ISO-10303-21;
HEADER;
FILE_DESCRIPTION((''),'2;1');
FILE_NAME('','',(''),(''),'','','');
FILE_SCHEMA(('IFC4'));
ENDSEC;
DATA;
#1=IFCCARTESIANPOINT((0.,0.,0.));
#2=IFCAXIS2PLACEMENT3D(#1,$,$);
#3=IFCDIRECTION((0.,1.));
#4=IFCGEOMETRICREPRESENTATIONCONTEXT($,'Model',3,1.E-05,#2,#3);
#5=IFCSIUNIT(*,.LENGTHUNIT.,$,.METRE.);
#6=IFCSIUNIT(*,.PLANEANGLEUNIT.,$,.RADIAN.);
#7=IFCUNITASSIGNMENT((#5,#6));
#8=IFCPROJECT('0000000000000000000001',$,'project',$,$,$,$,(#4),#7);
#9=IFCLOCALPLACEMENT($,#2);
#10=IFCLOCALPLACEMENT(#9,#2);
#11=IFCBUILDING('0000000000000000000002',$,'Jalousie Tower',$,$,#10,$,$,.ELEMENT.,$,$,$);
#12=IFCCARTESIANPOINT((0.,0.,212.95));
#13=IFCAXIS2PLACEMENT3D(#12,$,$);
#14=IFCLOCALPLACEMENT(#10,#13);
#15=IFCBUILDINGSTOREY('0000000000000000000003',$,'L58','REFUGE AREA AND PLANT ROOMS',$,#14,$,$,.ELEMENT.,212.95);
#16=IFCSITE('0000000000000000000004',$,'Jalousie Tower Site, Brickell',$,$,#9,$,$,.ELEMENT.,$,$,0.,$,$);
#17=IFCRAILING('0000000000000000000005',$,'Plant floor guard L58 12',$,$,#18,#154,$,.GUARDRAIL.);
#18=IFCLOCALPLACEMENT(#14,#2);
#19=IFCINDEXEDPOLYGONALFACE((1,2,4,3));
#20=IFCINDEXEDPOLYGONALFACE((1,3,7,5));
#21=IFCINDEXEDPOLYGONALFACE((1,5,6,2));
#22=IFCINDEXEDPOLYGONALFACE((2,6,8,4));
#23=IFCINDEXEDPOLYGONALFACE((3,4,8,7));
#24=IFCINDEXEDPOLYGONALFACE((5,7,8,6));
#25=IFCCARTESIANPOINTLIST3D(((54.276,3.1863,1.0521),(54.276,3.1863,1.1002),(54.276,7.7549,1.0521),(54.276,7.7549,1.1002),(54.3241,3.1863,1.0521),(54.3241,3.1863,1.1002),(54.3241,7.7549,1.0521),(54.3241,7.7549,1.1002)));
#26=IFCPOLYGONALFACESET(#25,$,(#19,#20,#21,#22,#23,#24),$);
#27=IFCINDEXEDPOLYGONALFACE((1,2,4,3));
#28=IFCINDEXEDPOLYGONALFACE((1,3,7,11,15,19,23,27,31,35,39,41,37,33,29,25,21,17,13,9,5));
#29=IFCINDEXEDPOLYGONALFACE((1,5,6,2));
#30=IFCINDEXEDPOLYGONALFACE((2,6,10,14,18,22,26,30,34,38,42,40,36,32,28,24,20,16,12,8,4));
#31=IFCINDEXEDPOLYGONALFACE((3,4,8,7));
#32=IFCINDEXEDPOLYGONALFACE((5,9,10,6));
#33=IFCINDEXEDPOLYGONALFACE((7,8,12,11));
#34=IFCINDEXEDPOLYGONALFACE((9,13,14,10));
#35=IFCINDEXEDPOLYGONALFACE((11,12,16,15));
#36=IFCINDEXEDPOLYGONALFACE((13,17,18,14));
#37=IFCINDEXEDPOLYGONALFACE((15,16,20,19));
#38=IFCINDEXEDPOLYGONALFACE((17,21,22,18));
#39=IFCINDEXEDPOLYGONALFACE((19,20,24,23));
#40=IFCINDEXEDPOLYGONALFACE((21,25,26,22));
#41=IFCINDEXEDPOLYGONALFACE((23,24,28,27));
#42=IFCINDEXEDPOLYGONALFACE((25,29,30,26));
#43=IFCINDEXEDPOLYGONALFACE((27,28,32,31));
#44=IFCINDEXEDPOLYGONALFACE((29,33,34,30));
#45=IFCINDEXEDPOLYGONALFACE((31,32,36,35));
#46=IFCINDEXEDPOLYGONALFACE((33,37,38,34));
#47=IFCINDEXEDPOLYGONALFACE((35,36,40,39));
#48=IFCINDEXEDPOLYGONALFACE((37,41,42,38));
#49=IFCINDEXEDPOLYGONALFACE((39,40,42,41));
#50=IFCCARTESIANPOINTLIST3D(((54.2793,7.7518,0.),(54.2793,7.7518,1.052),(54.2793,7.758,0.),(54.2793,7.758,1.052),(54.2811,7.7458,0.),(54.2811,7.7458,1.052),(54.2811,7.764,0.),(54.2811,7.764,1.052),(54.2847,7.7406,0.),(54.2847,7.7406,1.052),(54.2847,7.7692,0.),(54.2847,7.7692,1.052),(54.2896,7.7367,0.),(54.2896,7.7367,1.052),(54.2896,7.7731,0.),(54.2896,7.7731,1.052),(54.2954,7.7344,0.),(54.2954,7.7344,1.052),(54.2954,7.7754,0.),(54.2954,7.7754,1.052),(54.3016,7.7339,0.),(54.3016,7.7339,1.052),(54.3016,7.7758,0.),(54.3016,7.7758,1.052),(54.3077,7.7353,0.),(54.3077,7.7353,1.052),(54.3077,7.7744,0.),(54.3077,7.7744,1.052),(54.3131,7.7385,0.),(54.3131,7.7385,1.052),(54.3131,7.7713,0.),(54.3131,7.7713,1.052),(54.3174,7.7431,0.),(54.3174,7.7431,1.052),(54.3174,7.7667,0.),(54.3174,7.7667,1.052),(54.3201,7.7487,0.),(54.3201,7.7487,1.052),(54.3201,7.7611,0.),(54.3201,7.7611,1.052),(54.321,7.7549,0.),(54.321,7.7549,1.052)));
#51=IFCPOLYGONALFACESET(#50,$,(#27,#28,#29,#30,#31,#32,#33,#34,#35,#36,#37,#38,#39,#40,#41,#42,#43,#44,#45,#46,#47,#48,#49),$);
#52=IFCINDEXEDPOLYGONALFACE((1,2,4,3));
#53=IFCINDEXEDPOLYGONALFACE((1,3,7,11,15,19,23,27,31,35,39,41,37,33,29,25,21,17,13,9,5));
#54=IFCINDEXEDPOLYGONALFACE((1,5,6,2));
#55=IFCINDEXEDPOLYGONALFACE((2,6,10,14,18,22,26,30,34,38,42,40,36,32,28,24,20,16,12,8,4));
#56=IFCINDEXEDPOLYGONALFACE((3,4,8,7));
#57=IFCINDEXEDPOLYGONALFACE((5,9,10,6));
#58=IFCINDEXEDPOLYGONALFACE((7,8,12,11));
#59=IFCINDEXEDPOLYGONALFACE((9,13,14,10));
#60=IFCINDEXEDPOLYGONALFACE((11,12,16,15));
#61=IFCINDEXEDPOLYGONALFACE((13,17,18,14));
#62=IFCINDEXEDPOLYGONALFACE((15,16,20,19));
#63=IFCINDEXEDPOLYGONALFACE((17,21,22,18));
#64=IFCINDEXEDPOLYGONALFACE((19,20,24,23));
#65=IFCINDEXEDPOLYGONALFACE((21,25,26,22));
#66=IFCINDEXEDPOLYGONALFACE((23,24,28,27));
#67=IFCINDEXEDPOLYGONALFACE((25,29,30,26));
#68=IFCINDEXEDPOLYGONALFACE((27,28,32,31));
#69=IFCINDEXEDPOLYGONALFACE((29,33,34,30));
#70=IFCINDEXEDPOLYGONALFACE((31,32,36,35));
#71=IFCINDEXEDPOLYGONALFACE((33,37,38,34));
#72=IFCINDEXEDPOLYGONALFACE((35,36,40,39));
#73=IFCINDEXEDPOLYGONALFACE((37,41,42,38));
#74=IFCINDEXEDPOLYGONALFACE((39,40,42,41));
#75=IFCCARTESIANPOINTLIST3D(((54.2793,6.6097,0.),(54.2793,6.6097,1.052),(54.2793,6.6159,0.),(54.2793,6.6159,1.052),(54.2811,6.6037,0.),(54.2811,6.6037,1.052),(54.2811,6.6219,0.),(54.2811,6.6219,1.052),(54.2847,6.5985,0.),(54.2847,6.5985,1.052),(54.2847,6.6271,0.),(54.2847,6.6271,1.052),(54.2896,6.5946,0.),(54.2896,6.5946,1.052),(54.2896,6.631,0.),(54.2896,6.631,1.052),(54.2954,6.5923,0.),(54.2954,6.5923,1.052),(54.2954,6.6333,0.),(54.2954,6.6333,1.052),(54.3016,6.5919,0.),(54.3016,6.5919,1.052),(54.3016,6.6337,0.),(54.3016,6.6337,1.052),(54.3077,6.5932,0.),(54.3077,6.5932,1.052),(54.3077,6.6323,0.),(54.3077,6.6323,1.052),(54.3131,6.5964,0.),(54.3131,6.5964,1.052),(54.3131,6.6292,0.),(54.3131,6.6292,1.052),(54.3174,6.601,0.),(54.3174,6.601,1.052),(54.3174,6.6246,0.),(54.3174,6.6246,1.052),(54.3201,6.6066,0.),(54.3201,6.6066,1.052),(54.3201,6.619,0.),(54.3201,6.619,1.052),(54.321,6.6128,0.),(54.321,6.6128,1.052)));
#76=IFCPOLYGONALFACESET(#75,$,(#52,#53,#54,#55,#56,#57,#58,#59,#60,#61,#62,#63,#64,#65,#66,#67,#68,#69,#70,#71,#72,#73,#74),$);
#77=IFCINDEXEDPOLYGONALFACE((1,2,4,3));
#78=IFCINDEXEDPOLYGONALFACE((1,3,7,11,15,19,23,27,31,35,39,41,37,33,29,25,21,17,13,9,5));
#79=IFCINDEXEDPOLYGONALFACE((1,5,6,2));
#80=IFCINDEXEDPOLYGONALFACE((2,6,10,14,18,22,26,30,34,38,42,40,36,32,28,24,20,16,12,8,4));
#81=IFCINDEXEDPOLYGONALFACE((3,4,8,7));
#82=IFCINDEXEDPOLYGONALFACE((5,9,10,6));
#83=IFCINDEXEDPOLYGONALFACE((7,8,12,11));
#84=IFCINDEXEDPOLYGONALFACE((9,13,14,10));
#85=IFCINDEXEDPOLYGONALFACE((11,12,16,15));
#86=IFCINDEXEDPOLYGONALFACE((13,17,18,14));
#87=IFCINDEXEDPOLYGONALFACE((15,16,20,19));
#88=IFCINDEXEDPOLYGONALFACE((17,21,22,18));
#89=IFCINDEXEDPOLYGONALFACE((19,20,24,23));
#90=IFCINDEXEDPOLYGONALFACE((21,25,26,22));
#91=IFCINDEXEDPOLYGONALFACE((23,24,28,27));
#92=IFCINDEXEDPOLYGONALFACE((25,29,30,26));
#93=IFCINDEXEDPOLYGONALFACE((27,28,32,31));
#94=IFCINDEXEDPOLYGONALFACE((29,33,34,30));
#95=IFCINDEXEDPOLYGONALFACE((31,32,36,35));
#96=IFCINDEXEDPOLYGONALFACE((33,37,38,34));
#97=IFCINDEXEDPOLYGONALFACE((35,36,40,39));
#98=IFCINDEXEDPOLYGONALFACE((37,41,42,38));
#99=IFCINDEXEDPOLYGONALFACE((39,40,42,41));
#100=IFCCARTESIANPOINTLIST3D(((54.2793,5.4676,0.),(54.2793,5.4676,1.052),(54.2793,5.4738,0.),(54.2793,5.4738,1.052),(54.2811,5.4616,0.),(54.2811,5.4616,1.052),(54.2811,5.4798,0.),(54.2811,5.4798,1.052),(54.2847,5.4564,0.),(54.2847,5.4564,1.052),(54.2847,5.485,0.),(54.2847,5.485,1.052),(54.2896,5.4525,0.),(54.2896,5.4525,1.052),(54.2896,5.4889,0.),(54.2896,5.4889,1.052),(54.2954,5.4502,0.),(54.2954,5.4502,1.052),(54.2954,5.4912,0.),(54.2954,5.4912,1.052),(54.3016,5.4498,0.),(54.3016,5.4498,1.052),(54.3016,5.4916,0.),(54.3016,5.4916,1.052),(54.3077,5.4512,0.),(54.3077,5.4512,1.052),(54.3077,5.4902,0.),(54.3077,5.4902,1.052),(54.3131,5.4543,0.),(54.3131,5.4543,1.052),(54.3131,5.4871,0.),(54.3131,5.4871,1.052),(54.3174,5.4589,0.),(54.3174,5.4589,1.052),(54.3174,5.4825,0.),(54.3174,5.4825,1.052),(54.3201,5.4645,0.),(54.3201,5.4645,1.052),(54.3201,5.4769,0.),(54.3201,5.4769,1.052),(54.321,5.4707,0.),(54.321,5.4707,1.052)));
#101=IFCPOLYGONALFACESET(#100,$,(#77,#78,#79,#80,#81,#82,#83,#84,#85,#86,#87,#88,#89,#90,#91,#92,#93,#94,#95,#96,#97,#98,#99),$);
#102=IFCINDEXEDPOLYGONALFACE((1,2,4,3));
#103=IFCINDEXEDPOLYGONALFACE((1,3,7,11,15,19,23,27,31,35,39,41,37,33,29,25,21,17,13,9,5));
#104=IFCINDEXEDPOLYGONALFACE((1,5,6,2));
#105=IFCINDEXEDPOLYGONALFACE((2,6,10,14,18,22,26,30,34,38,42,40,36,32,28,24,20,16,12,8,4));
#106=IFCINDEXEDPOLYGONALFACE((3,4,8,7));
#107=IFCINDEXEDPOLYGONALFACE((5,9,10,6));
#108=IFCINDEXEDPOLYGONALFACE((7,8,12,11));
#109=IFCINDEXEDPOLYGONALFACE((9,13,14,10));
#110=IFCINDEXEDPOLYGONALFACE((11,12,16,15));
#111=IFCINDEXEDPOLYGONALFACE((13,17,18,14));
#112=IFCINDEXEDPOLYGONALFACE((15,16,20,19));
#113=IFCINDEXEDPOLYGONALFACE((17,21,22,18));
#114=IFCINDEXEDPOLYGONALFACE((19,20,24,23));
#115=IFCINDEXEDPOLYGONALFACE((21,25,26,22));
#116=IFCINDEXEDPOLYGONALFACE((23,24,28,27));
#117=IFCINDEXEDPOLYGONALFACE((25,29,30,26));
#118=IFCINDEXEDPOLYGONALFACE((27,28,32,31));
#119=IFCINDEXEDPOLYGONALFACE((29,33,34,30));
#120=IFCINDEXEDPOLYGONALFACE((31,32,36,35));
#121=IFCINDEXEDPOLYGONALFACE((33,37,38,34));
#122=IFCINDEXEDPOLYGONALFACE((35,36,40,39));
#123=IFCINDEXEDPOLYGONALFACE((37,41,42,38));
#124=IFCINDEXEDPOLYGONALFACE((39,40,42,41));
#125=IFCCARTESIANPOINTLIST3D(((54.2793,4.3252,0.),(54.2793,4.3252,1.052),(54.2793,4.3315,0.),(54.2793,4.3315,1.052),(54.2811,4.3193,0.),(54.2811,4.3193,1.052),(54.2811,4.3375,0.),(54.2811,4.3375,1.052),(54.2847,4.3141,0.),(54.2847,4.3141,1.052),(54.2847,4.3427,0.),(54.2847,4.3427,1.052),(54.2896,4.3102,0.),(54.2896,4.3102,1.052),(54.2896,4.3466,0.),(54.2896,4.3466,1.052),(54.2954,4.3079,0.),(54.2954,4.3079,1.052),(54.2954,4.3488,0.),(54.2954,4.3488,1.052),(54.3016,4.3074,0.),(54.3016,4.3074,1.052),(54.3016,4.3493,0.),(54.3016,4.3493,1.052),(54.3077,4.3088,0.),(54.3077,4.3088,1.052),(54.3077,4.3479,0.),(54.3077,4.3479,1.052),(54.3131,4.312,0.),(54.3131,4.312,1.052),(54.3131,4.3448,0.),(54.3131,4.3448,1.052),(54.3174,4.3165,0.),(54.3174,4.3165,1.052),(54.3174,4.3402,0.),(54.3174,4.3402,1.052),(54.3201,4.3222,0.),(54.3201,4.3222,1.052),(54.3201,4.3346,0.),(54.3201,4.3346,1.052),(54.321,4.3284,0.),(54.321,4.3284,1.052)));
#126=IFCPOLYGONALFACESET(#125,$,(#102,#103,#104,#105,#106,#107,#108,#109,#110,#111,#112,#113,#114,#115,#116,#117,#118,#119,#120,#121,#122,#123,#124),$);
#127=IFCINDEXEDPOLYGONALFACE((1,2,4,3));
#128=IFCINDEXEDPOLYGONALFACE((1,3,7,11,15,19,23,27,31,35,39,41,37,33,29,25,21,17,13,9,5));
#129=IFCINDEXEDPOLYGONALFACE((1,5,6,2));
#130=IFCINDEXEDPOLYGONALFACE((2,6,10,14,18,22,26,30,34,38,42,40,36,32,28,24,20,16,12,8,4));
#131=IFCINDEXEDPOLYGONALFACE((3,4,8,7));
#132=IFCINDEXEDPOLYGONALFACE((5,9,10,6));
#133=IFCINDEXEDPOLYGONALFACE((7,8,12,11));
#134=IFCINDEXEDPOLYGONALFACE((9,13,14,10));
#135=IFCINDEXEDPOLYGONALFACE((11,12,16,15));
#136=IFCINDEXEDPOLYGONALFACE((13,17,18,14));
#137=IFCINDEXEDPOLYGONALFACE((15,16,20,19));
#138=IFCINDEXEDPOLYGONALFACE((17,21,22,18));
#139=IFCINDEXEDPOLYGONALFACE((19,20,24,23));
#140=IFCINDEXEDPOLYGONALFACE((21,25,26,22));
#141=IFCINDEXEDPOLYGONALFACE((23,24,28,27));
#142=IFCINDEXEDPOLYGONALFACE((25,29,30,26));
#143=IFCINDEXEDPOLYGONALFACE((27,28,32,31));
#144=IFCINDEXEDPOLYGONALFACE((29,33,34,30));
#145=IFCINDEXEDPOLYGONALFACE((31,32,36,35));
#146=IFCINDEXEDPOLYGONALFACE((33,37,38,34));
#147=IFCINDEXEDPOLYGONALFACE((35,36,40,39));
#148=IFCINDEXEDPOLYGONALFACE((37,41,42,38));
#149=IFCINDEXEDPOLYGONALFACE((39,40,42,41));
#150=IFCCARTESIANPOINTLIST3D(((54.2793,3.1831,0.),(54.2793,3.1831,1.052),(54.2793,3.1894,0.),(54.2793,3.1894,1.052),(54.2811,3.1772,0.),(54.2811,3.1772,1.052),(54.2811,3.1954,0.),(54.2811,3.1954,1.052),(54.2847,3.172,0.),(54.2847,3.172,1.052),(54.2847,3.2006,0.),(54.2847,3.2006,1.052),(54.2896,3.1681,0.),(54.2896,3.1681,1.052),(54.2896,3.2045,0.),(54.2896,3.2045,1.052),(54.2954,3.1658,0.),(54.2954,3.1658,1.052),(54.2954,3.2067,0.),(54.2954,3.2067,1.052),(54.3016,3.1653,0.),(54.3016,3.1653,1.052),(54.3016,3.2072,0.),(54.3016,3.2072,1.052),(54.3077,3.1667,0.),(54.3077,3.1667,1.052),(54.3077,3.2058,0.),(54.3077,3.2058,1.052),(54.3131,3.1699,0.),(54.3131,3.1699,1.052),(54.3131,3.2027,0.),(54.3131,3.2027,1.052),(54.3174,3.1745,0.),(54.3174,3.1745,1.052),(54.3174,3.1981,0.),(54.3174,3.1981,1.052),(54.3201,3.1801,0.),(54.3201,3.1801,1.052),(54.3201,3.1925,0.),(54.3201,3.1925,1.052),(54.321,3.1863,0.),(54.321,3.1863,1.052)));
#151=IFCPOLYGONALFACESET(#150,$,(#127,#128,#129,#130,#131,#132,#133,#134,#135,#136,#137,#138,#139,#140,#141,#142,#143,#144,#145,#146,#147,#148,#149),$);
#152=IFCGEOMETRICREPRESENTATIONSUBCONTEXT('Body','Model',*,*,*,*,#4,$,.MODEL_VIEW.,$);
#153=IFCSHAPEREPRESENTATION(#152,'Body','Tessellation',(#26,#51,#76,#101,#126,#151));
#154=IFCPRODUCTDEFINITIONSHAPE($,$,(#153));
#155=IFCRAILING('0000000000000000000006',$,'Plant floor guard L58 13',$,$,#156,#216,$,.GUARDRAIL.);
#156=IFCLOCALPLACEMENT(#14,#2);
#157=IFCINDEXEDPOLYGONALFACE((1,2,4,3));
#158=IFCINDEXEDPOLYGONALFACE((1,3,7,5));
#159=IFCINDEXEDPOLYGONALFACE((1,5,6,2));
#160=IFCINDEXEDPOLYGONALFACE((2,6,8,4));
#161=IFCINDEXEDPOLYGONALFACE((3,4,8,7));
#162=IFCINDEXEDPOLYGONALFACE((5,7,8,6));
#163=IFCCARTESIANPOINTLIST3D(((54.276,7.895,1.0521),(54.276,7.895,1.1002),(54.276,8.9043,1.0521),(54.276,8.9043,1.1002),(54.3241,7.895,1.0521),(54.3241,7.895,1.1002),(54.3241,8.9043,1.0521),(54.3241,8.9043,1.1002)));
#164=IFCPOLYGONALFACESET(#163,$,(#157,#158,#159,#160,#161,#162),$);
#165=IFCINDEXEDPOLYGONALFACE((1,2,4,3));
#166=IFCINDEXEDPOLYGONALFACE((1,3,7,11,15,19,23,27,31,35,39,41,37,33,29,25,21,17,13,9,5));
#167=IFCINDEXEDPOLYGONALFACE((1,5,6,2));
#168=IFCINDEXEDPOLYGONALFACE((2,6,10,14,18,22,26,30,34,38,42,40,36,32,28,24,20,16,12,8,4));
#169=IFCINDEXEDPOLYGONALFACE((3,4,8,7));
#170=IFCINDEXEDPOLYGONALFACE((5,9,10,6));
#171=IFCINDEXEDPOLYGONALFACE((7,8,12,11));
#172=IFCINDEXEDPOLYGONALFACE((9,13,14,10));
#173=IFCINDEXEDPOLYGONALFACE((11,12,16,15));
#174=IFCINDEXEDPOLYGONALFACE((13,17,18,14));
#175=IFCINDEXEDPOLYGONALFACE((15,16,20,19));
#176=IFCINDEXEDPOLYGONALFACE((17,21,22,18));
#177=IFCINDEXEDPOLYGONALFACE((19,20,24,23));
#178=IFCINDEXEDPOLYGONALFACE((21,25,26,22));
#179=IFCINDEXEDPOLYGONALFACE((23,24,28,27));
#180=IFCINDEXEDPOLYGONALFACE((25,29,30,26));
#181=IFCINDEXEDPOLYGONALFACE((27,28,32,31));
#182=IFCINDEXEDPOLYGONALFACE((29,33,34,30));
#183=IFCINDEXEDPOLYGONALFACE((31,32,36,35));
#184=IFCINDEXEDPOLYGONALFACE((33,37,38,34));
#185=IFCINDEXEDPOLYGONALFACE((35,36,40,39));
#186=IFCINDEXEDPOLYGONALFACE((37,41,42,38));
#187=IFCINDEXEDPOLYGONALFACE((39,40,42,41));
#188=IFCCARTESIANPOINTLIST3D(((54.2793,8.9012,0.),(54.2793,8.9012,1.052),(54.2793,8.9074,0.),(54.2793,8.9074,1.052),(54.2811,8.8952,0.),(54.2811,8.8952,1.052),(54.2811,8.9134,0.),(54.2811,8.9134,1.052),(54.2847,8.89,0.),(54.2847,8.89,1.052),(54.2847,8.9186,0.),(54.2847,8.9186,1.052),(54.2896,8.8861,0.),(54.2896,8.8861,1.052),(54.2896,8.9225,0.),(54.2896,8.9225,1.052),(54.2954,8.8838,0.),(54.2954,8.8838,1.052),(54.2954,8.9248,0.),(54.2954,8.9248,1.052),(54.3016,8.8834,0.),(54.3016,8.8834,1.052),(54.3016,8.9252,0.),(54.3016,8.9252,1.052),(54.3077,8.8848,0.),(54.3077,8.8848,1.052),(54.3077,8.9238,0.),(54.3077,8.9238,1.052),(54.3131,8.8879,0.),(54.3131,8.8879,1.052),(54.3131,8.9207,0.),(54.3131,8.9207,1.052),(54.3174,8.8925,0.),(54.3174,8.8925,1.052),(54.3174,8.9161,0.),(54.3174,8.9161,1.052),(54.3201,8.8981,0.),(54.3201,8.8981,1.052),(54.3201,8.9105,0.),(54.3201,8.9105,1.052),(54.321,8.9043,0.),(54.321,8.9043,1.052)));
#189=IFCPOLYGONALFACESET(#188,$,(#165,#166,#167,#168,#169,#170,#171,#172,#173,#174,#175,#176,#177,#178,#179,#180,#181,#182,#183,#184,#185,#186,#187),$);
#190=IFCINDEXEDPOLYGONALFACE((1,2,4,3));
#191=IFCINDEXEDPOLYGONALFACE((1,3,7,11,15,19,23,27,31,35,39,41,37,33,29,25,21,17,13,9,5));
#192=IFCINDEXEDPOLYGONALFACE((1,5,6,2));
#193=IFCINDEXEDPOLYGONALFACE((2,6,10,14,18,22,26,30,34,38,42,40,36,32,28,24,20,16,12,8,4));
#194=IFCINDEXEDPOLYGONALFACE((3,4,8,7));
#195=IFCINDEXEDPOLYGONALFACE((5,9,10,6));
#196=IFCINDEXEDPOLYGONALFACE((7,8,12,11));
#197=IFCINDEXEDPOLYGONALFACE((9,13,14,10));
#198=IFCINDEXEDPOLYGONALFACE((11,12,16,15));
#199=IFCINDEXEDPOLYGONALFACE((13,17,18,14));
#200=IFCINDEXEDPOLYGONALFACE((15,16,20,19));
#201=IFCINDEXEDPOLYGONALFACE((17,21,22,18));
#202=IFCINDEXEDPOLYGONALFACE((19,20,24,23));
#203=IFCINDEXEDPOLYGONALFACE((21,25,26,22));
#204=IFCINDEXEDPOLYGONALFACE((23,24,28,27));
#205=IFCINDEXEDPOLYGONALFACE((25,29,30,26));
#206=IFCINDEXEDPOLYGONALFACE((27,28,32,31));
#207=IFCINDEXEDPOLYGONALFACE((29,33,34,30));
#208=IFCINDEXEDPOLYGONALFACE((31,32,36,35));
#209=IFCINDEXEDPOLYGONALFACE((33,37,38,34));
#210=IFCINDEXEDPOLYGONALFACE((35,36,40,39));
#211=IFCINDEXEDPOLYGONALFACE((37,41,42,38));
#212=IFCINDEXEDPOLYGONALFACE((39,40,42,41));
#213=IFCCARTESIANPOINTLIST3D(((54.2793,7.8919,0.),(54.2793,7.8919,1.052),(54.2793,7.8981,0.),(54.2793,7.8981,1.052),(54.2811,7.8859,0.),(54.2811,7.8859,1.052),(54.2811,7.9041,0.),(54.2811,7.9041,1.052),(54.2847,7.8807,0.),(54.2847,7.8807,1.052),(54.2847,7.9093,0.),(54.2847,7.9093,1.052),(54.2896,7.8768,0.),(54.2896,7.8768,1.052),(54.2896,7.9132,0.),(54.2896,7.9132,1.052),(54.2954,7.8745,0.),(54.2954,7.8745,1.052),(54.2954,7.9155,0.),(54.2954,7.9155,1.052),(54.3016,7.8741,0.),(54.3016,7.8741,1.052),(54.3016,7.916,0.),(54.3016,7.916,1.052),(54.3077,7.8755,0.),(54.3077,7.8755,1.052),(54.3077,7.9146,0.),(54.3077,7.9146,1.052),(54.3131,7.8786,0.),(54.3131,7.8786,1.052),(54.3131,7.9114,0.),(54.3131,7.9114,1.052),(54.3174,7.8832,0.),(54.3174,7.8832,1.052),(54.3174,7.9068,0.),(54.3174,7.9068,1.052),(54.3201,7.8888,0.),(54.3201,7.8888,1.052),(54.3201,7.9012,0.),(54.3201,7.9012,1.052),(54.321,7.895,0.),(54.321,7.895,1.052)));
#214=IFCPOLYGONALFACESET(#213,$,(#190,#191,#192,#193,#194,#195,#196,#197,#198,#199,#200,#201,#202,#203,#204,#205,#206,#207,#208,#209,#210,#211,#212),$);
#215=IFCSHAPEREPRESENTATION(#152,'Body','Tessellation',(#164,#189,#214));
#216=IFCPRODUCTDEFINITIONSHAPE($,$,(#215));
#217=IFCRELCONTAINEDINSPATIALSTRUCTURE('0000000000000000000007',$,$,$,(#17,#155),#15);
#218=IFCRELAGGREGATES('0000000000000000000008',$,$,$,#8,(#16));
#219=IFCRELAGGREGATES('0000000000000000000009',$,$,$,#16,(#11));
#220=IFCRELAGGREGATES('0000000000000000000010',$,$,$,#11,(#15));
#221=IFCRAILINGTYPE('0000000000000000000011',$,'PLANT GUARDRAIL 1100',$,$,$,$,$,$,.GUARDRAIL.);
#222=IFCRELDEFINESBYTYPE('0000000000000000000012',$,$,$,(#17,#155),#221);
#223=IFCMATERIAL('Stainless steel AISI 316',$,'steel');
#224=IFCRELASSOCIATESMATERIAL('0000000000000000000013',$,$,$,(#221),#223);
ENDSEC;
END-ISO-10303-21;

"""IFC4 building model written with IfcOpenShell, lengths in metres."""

from ifc_helpers import new_model, si_unit, direction, frame, origin, origin_2d, place, context, subcontext, project, spatial, rectangle, circle, extrude, material, type_object, element, save


model = new_model("IFC4")

# Units and contexts
model_context = context("Model", 3, precision=1e-05, world=origin(), true_north=direction((0.0, 1.0)))
body_context = subcontext(model_context, "Body", "Model", "MODEL_VIEW")
ifc_project = project(units=[si_unit("LENGTHUNIT", "METRE"), si_unit("PLANEANGLEUNIT", "RADIAN")], contexts=[model_context])

# Site, building, storey
site_placement = place(None, origin())
site = spatial("IfcSite", under=ifc_project, at=site_placement, Name="Jalousie Tower Site, Brickell", CompositionType="ELEMENT", RefElevation=0.0)
building_placement = place(site_placement, origin())
building = spatial("IfcBuilding", under=site, at=building_placement, Name="Jalousie Tower", CompositionType="ELEMENT")
storey_placement = place(building_placement, frame((0.0, 0.0, 212.95)))
storey = spatial("IfcBuildingStorey", under=building, at=storey_placement, Name="L58", Description="REFUGE AREA AND PLANT ROOMS", CompositionType="ELEMENT", Elevation=212.95)

# Railings
ifc_material_1 = material(Name="Stainless steel AISI 316", Category="steel")
railing_type = type_object("IfcRailingType", Name="PLANT GUARDRAIL 1100", PredefinedType="GUARDRAIL", material=ifc_material_1)
railing_1_placement = place(storey_placement, frame((54.3, 7.7549, 0.0)))
element("IfcRailing", 1, at=railing_1_placement, inside=storey, type_object=railing_type, Name="Plant floor guard L58 12", PredefinedType="GUARDRAIL", context=body_context, shape_type="SweptSolid", body=[
    extrude(rectangle(XDim=0.0481, YDim=0.0481, at=origin_2d()), frame((0.0, 0.0, 1.0762), z_axis=(0.0, -1.0, 0.0), x_axis=(1.0, 0.0, 0.0)), (0.0, 0.0, 1.0), 4.5686),
    extrude(circle(Radius=0.021, at=origin_2d()), origin(), (0.0, 0.0, 1.0), 1.052),
    extrude(circle(Radius=0.021, at=origin_2d()), frame((0.0, -1.1421, 0.0)), (0.0, 0.0, 1.0), 1.052),
    extrude(circle(Radius=0.021, at=origin_2d()), frame((0.0, -2.2842, 0.0)), (0.0, 0.0, 1.0), 1.052),
    extrude(circle(Radius=0.021, at=origin_2d()), frame((0.0, -3.4265, 0.0)), (0.0, 0.0, 1.0), 1.052),
    extrude(circle(Radius=0.021, at=origin_2d()), frame((0.0, -4.5686, 0.0)), (0.0, 0.0, 1.0), 1.052),
])
railing_2_placement = place(storey_placement, frame((54.3, 8.9043, 0.0)))
element("IfcRailing", 2, at=railing_2_placement, inside=storey, type_object=railing_type, Name="Plant floor guard L58 13", PredefinedType="GUARDRAIL", context=body_context, shape_type="SweptSolid", body=[
    extrude(rectangle(XDim=0.0481, YDim=0.0481, at=origin_2d()), frame((0.0, 0.0, 1.0762), z_axis=(0.0, -1.0, 0.0), x_axis=(1.0, 0.0, 0.0)), (0.0, 0.0, 1.0), 1.0093),
    extrude(circle(Radius=0.021, at=origin_2d()), origin(), (0.0, 0.0, 1.0), 1.052),
    extrude(circle(Radius=0.021, at=origin_2d()), frame((0.0, -1.0093, 0.0)), (0.0, 0.0, 1.0), 1.052),
])

save(model, "model.ifc")
